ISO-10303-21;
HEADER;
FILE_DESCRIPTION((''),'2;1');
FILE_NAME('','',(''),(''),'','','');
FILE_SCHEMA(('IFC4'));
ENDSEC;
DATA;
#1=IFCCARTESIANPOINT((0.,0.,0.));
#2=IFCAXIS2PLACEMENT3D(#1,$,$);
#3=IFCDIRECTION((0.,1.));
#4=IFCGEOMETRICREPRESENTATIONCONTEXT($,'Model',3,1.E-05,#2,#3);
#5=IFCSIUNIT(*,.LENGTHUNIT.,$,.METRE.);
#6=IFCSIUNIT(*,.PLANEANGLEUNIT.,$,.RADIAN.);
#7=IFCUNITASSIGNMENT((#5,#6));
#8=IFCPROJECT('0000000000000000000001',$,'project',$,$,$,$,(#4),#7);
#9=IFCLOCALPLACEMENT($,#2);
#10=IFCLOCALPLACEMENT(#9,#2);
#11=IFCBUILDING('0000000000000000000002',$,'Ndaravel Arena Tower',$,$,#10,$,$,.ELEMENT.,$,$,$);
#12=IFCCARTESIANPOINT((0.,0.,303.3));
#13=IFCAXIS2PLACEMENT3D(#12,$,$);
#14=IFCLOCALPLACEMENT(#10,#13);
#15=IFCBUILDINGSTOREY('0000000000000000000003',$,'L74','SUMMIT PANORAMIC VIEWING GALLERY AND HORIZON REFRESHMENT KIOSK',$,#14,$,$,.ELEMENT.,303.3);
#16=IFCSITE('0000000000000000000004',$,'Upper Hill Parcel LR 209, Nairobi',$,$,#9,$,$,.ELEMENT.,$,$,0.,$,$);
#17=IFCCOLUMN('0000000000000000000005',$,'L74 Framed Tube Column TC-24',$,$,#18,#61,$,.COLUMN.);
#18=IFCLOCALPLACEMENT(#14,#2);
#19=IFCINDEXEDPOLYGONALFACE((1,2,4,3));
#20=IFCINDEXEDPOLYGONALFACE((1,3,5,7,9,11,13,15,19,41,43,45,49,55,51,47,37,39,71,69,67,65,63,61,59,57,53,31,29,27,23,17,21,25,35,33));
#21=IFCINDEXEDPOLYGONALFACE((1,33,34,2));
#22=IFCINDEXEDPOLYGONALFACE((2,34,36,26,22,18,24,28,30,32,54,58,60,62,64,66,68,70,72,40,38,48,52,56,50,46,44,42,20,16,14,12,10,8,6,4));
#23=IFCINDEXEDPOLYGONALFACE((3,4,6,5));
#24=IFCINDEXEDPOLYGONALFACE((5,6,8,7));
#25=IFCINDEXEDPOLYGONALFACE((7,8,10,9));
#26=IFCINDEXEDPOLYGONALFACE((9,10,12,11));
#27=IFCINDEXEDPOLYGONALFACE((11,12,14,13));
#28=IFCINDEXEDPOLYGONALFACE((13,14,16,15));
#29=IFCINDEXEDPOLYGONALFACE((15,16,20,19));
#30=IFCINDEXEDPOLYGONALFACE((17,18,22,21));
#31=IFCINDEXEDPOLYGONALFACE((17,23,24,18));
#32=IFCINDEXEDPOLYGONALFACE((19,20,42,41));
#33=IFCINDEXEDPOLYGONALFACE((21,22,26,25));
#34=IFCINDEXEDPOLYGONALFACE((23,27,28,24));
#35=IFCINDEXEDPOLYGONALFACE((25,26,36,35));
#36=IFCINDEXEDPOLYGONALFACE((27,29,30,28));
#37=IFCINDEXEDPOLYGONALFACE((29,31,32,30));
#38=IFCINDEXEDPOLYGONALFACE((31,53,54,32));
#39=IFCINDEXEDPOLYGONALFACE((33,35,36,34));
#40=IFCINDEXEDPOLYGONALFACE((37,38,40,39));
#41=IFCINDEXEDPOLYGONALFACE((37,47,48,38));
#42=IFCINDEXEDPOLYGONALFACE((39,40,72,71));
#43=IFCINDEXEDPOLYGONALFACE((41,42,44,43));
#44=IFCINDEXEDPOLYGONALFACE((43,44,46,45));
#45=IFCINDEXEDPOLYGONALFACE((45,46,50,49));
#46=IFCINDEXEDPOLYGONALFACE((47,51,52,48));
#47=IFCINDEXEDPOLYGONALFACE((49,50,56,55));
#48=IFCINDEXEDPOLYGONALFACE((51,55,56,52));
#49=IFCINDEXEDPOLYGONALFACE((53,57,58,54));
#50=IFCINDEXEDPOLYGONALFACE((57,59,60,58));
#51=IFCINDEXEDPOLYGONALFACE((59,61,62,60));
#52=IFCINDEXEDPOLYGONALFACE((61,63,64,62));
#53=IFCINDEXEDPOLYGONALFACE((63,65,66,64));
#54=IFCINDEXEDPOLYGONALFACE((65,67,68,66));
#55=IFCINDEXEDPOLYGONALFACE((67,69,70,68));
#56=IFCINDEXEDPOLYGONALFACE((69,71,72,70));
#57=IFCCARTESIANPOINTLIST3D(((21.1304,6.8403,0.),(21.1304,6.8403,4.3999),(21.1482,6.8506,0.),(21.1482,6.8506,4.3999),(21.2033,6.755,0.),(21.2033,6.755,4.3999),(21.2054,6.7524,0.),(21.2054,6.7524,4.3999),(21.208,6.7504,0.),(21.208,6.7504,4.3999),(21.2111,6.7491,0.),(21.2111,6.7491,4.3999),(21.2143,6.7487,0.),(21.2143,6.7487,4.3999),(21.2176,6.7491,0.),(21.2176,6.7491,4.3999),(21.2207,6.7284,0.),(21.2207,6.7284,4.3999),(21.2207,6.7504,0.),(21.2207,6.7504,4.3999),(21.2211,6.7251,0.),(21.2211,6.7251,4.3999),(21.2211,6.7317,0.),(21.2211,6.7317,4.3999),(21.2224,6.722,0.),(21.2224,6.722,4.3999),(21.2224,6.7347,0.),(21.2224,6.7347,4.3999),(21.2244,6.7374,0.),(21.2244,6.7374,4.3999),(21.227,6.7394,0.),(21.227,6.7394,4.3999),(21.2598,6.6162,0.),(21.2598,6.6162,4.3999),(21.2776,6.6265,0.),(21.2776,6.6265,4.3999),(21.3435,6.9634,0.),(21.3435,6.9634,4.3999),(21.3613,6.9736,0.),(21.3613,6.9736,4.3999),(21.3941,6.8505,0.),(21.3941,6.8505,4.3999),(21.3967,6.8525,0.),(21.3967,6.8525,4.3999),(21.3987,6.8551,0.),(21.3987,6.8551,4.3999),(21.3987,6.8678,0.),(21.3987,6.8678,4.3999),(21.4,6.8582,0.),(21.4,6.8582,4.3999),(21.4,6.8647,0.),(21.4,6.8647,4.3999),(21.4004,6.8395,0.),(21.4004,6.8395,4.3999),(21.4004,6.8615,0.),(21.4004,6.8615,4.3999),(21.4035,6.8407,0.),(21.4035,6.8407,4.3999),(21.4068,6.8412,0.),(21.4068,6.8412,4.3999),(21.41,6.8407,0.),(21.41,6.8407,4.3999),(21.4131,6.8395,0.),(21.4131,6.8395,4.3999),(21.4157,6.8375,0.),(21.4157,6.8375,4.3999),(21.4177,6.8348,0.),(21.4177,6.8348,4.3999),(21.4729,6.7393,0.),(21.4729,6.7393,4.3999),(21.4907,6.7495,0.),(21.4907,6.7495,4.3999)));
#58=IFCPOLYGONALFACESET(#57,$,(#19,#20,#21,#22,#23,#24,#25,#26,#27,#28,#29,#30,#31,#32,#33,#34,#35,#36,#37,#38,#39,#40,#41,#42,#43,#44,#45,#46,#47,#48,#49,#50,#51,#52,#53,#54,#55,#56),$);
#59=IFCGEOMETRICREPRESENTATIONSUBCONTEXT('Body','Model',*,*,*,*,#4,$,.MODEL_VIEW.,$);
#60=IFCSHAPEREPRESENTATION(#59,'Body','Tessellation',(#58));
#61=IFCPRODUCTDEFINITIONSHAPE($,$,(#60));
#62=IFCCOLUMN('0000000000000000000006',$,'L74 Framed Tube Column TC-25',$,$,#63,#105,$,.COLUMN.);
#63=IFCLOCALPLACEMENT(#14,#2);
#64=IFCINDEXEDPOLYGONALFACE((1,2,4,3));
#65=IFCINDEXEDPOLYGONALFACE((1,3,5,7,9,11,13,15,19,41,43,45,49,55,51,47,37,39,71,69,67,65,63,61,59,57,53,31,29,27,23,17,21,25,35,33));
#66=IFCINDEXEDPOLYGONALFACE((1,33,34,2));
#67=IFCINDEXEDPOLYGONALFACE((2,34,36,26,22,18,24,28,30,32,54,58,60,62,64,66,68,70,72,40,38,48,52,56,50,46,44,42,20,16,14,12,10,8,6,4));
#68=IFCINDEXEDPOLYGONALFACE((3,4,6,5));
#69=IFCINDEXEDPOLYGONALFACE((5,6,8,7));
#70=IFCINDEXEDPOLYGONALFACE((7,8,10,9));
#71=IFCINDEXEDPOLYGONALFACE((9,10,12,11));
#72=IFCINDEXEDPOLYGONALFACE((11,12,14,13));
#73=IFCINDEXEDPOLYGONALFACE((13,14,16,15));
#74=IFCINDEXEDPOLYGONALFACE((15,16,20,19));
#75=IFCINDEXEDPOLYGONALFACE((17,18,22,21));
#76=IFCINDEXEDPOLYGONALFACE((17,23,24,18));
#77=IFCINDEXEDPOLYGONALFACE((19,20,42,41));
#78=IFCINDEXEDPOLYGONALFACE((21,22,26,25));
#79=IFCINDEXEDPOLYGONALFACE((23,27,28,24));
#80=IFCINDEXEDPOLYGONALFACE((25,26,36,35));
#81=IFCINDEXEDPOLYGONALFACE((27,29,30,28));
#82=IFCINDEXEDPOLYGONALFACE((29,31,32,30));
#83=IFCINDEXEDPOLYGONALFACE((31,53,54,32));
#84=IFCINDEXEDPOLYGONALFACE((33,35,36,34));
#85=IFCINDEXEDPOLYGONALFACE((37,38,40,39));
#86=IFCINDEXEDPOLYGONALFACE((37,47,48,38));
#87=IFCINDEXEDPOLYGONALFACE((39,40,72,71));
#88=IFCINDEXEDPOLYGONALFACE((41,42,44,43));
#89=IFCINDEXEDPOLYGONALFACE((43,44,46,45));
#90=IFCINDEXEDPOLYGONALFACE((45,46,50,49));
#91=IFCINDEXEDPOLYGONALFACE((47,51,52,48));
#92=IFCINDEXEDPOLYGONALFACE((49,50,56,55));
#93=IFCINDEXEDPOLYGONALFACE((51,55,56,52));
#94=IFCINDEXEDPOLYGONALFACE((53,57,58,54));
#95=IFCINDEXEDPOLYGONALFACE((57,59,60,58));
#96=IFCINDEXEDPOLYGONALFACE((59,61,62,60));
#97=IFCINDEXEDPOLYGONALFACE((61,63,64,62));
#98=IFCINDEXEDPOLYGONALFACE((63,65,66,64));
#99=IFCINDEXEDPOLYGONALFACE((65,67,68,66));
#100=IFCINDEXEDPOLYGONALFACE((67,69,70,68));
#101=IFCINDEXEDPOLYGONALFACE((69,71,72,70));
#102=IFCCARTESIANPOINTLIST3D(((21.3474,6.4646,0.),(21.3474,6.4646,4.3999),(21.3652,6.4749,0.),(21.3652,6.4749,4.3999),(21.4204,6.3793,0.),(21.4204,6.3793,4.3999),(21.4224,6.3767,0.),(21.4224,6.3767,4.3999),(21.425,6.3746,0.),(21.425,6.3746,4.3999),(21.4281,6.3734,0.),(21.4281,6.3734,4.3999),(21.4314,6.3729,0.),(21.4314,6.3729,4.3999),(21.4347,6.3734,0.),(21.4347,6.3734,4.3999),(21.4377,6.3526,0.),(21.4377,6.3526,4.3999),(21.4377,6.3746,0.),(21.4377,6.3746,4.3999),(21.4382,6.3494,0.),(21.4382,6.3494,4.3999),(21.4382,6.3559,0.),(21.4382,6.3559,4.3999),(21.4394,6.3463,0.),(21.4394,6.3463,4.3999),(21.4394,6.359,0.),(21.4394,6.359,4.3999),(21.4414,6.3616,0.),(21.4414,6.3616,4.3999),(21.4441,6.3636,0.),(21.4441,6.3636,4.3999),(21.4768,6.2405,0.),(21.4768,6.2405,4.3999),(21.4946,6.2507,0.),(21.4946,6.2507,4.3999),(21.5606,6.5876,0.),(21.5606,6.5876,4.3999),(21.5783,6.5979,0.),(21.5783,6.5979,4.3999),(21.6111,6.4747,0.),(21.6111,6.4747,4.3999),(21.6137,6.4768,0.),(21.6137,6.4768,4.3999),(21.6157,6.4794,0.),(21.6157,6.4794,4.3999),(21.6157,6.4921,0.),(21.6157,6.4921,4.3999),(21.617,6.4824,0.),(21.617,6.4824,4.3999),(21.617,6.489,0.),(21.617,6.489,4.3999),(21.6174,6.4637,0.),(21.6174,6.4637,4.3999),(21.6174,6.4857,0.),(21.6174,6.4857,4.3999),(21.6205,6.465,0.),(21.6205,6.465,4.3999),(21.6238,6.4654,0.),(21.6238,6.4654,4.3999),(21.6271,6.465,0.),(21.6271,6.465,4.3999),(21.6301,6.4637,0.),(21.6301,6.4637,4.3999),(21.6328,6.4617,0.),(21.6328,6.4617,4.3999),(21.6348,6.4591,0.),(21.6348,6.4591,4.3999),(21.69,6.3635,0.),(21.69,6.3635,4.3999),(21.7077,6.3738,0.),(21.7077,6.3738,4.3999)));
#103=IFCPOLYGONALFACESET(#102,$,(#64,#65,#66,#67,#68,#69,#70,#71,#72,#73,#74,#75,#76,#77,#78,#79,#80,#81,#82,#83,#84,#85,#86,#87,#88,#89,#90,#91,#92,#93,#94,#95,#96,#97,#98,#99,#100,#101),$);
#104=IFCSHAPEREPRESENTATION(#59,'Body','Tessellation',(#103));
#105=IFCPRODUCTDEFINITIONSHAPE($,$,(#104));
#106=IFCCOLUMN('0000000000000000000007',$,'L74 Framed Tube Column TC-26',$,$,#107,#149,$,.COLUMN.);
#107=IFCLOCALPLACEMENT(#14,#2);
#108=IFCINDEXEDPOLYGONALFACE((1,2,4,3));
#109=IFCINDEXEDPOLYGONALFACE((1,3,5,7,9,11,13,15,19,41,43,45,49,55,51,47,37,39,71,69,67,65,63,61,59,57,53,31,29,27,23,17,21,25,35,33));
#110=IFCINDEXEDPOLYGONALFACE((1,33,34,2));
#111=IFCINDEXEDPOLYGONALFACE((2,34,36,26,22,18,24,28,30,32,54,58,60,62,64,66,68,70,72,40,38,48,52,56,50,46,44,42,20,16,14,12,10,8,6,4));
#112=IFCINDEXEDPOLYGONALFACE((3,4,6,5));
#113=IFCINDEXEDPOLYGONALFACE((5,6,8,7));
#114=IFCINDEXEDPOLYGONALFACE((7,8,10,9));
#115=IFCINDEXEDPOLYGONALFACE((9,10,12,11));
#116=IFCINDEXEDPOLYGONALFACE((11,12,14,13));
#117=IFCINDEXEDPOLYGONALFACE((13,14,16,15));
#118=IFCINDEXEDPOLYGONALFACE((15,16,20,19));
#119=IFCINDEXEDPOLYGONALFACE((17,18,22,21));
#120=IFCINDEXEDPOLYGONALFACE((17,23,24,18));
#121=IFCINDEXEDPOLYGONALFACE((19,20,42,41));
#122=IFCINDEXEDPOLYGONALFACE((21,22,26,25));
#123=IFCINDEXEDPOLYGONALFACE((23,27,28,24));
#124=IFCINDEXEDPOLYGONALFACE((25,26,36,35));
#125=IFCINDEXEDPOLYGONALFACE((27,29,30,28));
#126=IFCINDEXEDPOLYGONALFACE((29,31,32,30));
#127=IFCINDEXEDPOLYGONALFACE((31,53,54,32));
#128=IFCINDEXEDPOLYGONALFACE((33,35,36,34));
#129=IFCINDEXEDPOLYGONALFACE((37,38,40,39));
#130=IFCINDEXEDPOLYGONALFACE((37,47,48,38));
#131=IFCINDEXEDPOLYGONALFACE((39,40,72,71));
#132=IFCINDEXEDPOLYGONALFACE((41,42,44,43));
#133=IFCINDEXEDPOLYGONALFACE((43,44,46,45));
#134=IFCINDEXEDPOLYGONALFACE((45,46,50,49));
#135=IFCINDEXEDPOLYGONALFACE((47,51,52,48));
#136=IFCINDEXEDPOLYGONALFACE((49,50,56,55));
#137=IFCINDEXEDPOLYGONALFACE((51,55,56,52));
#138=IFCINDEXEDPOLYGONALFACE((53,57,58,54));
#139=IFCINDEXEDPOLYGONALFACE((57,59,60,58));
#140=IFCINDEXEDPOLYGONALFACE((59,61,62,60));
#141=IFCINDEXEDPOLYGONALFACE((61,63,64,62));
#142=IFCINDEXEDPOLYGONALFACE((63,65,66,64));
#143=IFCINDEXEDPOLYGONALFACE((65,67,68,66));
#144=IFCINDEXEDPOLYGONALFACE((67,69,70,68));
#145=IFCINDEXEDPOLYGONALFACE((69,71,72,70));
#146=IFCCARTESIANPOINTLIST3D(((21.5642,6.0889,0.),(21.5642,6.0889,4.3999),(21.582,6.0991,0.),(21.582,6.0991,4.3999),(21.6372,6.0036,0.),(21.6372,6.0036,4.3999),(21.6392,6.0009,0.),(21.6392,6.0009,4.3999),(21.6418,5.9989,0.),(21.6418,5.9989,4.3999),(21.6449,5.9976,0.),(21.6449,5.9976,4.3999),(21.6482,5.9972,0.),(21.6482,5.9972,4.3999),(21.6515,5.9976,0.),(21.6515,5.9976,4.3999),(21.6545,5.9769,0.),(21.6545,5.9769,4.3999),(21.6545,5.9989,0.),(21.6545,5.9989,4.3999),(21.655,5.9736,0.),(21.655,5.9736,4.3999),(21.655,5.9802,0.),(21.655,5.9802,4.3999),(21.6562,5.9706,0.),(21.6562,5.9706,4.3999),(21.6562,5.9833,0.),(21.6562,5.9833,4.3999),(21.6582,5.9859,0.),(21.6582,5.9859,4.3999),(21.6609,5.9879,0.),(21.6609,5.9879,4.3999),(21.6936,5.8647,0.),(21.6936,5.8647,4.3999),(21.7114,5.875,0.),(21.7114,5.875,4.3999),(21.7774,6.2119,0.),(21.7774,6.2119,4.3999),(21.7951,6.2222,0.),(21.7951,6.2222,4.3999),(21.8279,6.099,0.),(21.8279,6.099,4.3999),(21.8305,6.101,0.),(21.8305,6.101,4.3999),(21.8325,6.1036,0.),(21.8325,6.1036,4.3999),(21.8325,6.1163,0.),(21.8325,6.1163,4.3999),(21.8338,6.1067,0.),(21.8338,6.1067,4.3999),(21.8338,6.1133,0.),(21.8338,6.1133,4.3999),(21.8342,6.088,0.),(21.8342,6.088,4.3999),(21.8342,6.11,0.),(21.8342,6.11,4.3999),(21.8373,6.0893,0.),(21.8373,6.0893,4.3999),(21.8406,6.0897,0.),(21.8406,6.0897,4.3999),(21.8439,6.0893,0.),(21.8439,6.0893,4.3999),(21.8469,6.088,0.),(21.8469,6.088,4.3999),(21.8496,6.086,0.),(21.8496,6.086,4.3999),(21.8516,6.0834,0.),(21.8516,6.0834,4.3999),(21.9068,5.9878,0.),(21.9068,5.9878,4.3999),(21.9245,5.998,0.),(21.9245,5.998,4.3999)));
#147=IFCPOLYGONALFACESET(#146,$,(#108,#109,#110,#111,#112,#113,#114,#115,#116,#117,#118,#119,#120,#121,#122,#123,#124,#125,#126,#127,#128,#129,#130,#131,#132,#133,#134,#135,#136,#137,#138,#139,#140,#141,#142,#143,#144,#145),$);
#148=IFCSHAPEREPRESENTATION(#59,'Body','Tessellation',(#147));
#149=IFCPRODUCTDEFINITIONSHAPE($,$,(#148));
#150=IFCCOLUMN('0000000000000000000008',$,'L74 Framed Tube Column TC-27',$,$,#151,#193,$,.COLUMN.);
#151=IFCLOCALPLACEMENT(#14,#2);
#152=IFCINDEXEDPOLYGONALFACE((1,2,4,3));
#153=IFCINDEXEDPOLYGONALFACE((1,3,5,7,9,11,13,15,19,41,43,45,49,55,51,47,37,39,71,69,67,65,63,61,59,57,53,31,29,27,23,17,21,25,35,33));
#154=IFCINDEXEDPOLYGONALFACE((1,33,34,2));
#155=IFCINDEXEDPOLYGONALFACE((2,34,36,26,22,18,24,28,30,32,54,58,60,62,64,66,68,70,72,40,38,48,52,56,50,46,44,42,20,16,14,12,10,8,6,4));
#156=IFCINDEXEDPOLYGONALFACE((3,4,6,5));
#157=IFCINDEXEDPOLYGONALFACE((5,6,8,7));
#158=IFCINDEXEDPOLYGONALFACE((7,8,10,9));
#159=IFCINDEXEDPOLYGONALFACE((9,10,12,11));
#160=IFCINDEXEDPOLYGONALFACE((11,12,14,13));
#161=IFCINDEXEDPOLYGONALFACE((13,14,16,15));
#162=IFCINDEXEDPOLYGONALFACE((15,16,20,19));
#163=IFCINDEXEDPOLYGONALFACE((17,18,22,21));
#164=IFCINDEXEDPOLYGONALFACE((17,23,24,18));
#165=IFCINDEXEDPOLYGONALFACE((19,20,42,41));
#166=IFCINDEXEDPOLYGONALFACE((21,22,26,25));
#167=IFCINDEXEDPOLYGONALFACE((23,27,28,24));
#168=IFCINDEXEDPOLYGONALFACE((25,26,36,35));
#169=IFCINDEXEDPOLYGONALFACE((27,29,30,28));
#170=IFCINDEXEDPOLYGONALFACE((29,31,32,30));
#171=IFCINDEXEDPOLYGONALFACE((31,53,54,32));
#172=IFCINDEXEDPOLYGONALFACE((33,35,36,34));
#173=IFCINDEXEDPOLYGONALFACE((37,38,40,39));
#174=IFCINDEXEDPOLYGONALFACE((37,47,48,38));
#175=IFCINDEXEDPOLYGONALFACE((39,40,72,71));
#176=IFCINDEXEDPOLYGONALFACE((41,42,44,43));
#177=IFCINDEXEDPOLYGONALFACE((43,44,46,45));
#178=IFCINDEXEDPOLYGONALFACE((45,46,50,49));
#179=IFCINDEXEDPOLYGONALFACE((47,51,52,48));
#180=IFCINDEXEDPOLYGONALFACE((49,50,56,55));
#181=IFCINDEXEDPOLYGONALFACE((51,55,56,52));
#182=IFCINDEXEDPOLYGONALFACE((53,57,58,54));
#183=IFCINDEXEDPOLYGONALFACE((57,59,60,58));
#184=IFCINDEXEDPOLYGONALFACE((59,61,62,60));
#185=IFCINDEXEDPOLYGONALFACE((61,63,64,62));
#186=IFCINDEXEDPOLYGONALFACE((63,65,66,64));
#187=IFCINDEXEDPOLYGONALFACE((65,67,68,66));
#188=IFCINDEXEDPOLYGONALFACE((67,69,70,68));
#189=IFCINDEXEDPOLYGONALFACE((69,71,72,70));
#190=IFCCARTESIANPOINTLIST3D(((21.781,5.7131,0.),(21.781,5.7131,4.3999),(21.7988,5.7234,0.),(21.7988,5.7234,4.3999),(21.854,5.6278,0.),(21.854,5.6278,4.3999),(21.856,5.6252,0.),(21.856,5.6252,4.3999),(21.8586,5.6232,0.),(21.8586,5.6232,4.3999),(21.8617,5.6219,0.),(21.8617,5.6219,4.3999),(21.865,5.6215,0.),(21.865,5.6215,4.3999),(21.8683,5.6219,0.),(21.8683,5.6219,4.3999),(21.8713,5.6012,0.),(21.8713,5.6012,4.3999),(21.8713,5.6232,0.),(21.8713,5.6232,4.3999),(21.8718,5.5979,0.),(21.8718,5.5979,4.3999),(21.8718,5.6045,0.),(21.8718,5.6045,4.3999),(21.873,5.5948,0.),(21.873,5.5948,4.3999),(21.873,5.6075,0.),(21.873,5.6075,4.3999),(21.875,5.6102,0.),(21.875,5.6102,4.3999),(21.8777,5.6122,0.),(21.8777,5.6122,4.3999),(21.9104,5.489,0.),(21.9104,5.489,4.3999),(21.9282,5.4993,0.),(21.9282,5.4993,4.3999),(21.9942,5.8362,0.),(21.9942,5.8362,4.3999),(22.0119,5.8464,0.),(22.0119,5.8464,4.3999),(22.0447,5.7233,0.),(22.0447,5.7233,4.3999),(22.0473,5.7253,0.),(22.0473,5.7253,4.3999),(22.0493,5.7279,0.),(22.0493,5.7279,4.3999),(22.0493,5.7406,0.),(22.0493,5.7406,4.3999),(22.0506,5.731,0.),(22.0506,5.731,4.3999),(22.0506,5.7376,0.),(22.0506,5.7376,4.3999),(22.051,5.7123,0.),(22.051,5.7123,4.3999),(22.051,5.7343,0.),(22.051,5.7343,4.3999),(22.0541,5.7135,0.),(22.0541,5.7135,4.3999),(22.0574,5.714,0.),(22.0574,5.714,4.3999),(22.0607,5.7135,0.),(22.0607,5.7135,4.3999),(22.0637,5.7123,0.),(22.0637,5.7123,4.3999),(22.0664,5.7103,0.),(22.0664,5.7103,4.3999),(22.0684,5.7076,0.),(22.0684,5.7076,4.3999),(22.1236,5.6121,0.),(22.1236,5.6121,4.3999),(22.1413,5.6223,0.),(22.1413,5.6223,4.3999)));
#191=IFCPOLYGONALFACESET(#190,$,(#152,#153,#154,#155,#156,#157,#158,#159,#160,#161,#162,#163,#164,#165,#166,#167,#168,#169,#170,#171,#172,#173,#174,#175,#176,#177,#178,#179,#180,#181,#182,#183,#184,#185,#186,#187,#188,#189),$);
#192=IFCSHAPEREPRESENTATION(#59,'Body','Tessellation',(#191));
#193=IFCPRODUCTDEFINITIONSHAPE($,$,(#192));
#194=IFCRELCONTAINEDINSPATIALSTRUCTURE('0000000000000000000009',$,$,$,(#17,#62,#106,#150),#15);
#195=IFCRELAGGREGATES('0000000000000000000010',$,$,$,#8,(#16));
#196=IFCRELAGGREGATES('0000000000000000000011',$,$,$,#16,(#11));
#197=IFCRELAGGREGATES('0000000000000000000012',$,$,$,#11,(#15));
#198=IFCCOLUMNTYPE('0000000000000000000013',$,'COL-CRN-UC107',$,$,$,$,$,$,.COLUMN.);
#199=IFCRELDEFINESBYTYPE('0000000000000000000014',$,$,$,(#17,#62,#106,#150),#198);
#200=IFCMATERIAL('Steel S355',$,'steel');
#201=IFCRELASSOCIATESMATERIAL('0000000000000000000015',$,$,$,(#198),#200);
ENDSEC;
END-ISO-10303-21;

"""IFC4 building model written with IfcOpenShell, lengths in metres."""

from ifc_helpers import new_model, si_unit, direction, frame, origin, origin_2d, place, context, subcontext, project, spatial, i_section, extrude, material, material_profile, profile_set, type_object, element, save


model = new_model("IFC4")

# Units and contexts
model_context = context("Model", 3, precision=1e-05, world=origin(), true_north=direction((0.0, 1.0)))
body_context = subcontext(model_context, "Body", "Model", "MODEL_VIEW")
ifc_project = project(units=[si_unit("LENGTHUNIT", "METRE"), si_unit("PLANEANGLEUNIT", "RADIAN")], contexts=[model_context])

# Site, building, storey
site_placement = place(None, origin())
site = spatial("IfcSite", under=ifc_project, at=site_placement, Name="Upper Hill Parcel LR 209, Nairobi", CompositionType="ELEMENT", RefElevation=0.0)
building_placement = place(site_placement, origin())
building = spatial("IfcBuilding", under=site, at=building_placement, Name="Ndaravel Arena Tower", CompositionType="ELEMENT")
storey_placement = place(building_placement, frame((0.0, 0.0, 303.3)))
storey = spatial("IfcBuildingStorey", under=building, at=storey_placement, Name="L74", Description="SUMMIT PANORAMIC VIEWING GALLERY AND HORIZON REFRESHMENT KIOSK", CompositionType="ELEMENT", Elevation=303.3)

# Columns
ifc_material_1 = material(Name="Steel S355", Category="steel")
ifc_material_profile_1 = material_profile(ifc_material_1, i_section(OverallWidth=0.2588, OverallDepth=0.2666, WebThickness=0.0127, FlangeThickness=0.0205, FilletRadius=0.0127, at=origin_2d()), Name="UC 254x254x107")
ifc_profile_set_1 = profile_set([ifc_material_profile_1], Name="Steel S355")
column_type = type_object("IfcColumnType", Name="COL-CRN-UC107", PredefinedType="COLUMN", material=ifc_profile_set_1)
for number, where, z_axis, x_axis, name in (
    (1, (21.3105, 6.7949, 0.0), (0.0, 0.0, 1.0), (-0.5, 0.866025, 0.0), "L74 Framed Tube Column TC-24"),
    (2, (21.5276, 6.4192, 0.0), (0.0, 0.0, 1.0), (-0.5, 0.866025, 0.0), "L74 Framed Tube Column TC-25"),
    (3, (21.7444, 6.0435, 0.0), (0.0, 0.0, 1.0), (-0.5, 0.866025, 0.0), "L74 Framed Tube Column TC-26"),
    (4, (21.9612, 5.6677, 0.0), (0.0, 0.0, 1.0), (-0.5, 0.866025, 0.0), "L74 Framed Tube Column TC-27"),
):
    element("IfcColumn", number, at=place(storey_placement, frame(where, z_axis=z_axis, x_axis=x_axis)), inside=storey, type_object=column_type, Name=name, PredefinedType="COLUMN", context=body_context, shape_type="SweptSolid", body=[
        extrude(i_section(OverallWidth=0.2588, OverallDepth=0.2666, WebThickness=0.0127, FlangeThickness=0.0205, FilletRadius=0.0127, at=origin_2d()), origin(), (0.0, 0.0, 1.0), 4.3999),
    ])

save(model, "model.ifc")
